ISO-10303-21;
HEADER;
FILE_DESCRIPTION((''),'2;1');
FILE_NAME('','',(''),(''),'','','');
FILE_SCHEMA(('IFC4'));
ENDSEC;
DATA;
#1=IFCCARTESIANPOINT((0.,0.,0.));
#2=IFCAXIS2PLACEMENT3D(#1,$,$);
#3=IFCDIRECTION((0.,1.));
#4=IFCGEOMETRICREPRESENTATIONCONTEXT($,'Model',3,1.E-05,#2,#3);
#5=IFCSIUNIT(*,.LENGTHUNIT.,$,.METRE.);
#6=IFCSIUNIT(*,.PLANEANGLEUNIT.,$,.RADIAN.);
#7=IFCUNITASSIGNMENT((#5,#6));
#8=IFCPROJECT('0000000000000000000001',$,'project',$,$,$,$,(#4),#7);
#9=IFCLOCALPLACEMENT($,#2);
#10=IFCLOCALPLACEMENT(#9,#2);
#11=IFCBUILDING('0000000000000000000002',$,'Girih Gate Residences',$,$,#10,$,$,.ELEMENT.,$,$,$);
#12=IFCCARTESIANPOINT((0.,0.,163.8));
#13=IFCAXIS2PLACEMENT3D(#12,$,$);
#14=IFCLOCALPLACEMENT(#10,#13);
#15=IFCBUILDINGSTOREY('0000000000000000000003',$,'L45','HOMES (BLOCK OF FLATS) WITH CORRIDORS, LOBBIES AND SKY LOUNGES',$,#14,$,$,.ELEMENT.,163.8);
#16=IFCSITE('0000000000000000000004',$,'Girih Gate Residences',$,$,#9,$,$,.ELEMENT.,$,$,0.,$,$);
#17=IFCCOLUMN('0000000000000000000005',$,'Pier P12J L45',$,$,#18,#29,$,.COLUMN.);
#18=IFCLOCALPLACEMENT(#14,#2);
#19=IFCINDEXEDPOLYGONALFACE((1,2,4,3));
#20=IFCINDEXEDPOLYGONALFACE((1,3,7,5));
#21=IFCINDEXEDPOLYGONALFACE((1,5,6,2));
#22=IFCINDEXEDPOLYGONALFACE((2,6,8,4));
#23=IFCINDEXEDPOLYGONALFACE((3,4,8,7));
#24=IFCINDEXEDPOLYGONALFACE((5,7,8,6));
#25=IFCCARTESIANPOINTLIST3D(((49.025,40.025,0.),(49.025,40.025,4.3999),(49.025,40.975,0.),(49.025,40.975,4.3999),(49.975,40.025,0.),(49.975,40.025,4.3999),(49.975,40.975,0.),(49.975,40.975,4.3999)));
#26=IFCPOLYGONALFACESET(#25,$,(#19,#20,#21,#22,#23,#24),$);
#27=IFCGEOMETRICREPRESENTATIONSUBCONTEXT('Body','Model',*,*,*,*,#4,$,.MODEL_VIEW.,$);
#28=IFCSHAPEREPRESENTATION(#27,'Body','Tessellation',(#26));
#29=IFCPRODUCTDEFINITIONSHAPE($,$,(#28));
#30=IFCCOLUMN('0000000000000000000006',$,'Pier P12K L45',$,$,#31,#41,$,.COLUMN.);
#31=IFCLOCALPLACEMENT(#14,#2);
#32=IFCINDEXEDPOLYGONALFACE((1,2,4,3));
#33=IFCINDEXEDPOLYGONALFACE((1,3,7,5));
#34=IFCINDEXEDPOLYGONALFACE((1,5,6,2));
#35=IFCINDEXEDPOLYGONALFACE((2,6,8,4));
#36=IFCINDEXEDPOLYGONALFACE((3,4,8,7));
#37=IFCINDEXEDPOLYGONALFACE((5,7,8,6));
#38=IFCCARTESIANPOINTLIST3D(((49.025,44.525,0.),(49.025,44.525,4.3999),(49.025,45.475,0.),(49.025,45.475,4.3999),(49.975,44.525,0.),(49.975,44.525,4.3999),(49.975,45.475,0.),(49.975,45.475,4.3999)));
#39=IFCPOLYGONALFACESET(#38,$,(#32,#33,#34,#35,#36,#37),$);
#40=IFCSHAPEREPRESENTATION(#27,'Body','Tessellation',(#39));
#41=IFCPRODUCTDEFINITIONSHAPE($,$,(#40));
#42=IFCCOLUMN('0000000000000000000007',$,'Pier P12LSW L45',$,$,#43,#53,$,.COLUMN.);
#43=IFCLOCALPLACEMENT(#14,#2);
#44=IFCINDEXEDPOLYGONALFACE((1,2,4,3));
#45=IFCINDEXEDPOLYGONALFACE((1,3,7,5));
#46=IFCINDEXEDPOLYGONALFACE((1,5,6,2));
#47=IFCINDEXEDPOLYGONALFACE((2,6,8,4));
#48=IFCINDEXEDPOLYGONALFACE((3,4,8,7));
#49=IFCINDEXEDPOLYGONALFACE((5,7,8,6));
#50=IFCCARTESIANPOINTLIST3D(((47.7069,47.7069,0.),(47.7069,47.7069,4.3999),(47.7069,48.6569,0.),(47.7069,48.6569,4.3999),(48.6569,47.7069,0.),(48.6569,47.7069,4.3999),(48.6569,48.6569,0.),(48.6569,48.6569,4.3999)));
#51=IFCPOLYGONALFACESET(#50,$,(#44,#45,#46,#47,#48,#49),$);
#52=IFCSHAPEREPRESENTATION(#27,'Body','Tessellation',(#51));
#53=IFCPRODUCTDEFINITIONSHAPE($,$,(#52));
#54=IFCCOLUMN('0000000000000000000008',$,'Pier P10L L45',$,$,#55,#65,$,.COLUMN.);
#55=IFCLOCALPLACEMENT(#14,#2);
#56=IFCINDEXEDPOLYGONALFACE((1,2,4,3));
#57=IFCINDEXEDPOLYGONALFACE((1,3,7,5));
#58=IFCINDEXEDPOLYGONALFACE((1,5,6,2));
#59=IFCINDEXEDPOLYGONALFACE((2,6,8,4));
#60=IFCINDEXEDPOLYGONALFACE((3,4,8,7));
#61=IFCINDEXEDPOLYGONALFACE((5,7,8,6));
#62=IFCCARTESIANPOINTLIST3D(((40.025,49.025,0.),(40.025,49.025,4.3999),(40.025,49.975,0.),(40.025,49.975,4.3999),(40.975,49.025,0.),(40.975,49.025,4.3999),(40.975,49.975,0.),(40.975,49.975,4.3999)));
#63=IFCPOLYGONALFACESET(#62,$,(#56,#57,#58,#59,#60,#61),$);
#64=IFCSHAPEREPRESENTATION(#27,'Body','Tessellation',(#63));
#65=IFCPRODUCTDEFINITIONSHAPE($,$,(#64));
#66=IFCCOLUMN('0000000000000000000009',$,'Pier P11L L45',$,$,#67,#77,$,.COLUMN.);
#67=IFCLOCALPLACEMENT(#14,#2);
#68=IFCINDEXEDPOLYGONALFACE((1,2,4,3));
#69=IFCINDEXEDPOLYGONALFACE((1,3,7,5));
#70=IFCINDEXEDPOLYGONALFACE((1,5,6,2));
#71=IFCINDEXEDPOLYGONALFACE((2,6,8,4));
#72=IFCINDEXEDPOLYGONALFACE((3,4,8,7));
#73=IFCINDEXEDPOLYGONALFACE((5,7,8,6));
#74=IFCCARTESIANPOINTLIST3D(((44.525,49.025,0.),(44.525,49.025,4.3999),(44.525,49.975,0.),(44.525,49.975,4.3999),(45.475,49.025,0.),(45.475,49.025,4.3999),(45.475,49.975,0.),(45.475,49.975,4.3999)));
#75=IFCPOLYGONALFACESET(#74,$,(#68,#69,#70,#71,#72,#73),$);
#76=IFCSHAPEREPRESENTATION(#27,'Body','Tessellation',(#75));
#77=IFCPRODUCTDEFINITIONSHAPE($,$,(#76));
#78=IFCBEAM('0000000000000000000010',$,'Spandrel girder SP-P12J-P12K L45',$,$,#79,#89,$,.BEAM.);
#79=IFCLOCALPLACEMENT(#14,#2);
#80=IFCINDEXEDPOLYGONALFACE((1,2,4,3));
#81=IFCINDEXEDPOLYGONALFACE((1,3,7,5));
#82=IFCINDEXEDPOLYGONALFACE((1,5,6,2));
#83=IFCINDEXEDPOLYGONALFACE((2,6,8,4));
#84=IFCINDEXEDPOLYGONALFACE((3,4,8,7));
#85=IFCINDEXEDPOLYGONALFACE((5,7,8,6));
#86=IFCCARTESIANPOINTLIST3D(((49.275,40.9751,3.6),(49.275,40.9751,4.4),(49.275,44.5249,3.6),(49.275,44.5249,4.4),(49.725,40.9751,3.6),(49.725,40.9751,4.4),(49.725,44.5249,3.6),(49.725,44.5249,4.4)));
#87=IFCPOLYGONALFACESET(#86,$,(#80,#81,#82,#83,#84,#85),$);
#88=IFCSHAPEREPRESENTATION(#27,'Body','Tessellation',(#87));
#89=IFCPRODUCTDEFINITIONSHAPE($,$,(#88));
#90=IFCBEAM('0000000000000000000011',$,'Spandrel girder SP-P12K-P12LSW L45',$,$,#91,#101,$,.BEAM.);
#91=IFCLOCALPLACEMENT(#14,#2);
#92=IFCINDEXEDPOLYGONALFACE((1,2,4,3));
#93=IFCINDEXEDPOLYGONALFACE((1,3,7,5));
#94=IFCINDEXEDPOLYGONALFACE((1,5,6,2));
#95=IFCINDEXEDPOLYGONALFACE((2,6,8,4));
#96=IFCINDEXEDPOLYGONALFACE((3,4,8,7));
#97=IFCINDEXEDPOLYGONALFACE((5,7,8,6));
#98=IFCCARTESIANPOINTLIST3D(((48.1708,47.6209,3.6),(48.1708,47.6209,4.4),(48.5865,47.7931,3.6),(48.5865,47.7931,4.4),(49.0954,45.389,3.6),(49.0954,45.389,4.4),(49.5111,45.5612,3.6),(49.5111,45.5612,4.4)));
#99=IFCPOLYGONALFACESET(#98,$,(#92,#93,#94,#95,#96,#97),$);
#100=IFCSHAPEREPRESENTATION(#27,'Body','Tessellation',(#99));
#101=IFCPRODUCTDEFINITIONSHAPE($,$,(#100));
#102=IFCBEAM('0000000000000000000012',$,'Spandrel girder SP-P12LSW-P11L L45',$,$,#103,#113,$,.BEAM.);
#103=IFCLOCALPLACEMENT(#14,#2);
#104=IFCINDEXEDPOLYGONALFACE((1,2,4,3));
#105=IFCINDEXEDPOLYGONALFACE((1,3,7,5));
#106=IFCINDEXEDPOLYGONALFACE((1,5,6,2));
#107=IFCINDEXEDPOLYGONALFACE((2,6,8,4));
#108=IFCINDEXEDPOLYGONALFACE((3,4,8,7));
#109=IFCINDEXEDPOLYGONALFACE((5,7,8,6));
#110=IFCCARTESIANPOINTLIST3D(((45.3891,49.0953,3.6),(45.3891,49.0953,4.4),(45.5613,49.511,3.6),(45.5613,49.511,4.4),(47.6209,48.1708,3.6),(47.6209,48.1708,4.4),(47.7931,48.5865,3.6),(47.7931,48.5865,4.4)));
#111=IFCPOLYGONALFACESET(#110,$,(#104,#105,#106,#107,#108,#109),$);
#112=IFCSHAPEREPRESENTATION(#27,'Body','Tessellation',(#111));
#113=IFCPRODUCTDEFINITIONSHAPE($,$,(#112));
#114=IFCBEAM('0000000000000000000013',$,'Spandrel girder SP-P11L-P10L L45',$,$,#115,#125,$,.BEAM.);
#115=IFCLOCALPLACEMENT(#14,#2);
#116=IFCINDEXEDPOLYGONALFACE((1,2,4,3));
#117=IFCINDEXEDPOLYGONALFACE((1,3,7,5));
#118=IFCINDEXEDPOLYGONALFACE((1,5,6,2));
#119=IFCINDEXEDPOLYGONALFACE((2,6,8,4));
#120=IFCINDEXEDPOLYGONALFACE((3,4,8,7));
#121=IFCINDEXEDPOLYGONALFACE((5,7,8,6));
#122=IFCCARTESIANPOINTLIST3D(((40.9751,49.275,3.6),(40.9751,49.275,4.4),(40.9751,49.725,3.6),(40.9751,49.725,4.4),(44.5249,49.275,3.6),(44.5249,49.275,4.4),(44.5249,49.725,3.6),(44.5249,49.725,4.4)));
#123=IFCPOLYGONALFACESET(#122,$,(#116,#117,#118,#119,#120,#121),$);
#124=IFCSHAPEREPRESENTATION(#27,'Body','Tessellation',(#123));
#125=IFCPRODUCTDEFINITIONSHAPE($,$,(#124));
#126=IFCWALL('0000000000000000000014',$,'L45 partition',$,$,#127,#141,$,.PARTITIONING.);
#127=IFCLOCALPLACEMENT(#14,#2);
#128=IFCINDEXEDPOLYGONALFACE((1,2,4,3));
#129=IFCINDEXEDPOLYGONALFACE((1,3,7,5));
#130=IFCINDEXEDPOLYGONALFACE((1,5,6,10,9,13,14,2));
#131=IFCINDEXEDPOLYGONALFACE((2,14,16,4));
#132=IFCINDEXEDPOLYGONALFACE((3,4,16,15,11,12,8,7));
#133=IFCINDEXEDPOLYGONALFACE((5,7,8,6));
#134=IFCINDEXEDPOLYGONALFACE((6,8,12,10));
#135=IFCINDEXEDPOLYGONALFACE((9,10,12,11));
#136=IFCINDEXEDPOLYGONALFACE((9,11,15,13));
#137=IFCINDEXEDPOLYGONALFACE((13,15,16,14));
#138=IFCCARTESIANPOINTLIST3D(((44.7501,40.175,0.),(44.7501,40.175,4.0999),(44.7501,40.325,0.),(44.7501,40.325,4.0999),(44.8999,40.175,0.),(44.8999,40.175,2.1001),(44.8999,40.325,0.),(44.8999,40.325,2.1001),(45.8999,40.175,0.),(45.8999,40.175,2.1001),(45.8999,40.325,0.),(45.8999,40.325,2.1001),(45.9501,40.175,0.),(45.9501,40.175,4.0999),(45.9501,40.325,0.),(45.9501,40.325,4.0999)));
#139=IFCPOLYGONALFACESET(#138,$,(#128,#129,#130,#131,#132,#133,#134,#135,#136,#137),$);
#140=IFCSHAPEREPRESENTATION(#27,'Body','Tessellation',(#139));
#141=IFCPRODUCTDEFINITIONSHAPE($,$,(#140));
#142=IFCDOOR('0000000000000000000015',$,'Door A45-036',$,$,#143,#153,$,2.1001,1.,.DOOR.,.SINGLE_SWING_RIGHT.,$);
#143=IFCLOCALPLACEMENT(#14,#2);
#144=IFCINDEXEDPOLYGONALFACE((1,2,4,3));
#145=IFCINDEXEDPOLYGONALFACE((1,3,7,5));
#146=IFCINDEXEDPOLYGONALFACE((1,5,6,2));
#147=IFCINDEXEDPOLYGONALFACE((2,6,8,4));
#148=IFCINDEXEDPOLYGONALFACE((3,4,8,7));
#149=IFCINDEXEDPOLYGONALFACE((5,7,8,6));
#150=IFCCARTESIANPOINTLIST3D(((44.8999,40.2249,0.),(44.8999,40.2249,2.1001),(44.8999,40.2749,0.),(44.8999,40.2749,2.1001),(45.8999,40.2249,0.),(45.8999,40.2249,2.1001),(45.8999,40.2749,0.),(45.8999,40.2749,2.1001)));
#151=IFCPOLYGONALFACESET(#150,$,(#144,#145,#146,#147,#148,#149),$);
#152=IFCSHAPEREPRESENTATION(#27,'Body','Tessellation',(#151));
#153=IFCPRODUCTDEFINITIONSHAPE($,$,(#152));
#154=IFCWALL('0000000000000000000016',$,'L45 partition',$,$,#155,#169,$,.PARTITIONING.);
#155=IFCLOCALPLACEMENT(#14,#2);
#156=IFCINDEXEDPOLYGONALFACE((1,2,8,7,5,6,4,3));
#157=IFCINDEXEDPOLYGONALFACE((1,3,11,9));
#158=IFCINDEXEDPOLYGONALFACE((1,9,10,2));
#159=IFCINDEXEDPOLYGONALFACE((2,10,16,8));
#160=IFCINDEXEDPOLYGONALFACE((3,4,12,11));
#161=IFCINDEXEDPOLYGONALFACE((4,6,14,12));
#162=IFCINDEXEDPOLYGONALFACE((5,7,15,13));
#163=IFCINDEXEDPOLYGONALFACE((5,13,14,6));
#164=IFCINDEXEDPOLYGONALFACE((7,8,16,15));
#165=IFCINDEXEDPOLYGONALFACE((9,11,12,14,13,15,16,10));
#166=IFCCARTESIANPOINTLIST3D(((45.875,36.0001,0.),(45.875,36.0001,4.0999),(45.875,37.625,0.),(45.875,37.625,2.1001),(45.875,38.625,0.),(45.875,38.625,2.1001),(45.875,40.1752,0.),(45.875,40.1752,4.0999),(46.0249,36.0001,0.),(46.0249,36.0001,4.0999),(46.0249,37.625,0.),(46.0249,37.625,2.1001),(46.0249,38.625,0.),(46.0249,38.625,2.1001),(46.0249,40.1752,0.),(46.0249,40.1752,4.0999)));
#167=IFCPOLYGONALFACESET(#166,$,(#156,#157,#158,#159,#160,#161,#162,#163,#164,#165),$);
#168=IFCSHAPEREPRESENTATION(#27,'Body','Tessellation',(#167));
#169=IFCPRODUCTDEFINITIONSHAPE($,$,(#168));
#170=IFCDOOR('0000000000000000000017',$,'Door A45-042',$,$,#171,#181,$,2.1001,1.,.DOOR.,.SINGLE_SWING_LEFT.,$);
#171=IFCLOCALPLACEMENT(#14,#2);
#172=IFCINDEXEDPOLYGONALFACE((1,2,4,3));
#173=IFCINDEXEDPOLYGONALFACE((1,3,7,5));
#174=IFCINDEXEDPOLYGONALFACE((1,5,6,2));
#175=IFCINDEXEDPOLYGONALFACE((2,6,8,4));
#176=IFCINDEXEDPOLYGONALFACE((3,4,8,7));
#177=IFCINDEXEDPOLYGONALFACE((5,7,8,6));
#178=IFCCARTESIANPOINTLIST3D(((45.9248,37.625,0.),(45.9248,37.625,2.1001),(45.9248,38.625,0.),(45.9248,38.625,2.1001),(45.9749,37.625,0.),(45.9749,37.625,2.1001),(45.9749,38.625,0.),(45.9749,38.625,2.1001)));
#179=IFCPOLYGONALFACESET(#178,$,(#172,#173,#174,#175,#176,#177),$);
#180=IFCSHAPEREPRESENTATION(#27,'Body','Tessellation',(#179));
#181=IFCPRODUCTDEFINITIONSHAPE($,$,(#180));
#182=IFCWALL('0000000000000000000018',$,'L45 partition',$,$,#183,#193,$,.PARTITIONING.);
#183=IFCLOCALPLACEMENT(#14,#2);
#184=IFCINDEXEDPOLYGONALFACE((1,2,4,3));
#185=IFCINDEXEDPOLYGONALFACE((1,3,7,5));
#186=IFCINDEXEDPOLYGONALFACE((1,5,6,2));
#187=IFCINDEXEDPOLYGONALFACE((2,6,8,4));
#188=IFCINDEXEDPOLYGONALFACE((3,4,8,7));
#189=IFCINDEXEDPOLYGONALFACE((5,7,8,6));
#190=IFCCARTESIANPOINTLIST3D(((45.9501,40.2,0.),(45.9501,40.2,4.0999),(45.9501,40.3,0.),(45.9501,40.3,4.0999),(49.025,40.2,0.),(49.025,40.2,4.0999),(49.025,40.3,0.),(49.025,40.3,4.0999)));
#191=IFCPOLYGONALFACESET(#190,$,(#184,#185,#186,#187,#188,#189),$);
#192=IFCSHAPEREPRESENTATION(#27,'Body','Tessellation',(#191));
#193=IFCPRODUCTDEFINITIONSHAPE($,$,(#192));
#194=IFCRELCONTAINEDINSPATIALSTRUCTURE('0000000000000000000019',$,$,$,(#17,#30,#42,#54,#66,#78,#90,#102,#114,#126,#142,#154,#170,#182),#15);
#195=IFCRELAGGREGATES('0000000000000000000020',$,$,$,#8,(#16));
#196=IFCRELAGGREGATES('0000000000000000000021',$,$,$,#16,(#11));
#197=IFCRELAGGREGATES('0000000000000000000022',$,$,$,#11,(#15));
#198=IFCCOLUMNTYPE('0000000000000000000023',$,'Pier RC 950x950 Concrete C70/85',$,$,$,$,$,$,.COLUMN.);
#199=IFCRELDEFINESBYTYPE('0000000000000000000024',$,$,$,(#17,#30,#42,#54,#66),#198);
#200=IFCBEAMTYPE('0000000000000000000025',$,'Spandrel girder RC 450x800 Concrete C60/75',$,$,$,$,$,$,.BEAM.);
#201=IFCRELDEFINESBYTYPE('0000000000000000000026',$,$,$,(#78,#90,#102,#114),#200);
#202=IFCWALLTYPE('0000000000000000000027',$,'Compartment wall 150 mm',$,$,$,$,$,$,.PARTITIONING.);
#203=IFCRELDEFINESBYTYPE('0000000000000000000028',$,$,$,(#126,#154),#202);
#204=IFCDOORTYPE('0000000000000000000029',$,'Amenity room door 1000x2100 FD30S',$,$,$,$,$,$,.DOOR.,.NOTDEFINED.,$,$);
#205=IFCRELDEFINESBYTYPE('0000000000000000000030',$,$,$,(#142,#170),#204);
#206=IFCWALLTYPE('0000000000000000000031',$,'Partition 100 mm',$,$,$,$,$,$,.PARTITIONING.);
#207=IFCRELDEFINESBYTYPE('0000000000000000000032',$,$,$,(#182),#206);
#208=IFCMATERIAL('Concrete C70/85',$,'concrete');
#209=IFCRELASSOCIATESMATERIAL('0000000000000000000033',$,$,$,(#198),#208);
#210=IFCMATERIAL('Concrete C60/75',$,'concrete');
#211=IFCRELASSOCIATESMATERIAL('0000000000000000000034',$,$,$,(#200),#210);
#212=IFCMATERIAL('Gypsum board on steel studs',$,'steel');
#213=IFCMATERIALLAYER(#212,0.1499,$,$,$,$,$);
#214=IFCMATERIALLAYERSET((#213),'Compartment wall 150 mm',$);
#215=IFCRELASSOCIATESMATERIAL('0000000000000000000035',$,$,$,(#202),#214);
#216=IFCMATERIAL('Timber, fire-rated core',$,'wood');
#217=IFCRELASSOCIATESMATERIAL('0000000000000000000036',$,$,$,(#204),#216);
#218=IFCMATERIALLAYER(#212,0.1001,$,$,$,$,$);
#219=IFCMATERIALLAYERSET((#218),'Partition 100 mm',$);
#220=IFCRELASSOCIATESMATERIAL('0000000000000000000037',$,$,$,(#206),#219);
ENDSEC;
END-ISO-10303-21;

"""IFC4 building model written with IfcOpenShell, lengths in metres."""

from ifc_helpers import new_model, si_unit, direction, frame, frame_2d, origin, origin_2d, place, context, subcontext, project, spatial, rectangle, extrude, material, layer, layer_set, material_profile, profile_set, type_object, element, fill, save


model = new_model("IFC4")

# Units and contexts
model_context = context("Model", 3, precision=1e-05, world=origin(), true_north=direction((0.0, 1.0)))
body_context = subcontext(model_context, "Body", "Model", "MODEL_VIEW")
ifc_project = project(units=[si_unit("LENGTHUNIT", "METRE"), si_unit("PLANEANGLEUNIT", "RADIAN")], contexts=[model_context])

# Site, building, storey
site_placement = place(None, origin())
site = spatial("IfcSite", under=ifc_project, at=site_placement, Name="Girih Gate Residences", CompositionType="ELEMENT", RefElevation=0.0)
building_placement = place(site_placement, origin())
building = spatial("IfcBuilding", under=site, at=building_placement, Name="Girih Gate Residences", CompositionType="ELEMENT")
storey_placement = place(building_placement, frame((0.0, 0.0, 163.8)))
storey = spatial("IfcBuildingStorey", under=building, at=storey_placement, Name="L45", Description="HOMES (BLOCK OF FLATS) WITH CORRIDORS, LOBBIES AND SKY LOUNGES", CompositionType="ELEMENT", Elevation=163.8)

# Columns
ifc_material_1 = material(Name="Concrete C70/85", Category="concrete")
ifc_material_profile_1 = material_profile(ifc_material_1, rectangle(XDim=0.95, YDim=0.95, at=origin_2d()))
ifc_profile_set_1 = profile_set([ifc_material_profile_1], Name="Concrete C70/85")
column_type = type_object("IfcColumnType", Name="Pier RC 950x950 Concrete C70/85", PredefinedType="COLUMN", material=ifc_profile_set_1)
for number, where, z_axis, x_axis, name in (
    (1, (49.5, 40.5, 0.0), (0.0, 0.0, 1.0), (1.0, 0.0, 0.0), "Pier P12J L45"),
    (2, (49.5, 45.0, 0.0), (0.0, 0.0, 1.0), (1.0, 0.0, 0.0), "Pier P12K L45"),
    (3, (48.1819, 48.1819, 0.0), (0.0, 0.0, 1.0), (1.0, 0.0, 0.0), "Pier P12LSW L45"),
    (4, (40.5, 49.5, 0.0), (0.0, 0.0, 1.0), (1.0, 0.0, 0.0), "Pier P10L L45"),
    (5, (45.0, 49.5, 0.0), (0.0, 0.0, 1.0), (1.0, 0.0, 0.0), "Pier P11L L45"),
):
    element("IfcColumn", number, at=place(storey_placement, frame(where, z_axis=z_axis, x_axis=x_axis)), inside=storey, type_object=column_type, Name=name, PredefinedType="COLUMN", context=body_context, shape_type="SweptSolid", body=[
        extrude(rectangle(XDim=0.95, YDim=0.95, at=origin_2d()), origin(), (0.0, 0.0, 1.0), 4.3999),
    ])

# Beams
ifc_material_2 = material(Name="Concrete C60/75", Category="concrete")
ifc_material_profile_2 = material_profile(ifc_material_2, rectangle(XDim=0.45, YDim=0.8, at=origin_2d()))
ifc_profile_set_2 = profile_set([ifc_material_profile_2], Name="Concrete C60/75")
beam_type = type_object("IfcBeamType", Name="Spandrel girder RC 450x800 Concrete C60/75", PredefinedType="BEAM", material=ifc_profile_set_2)
beam_1_placement = place(storey_placement, frame((49.5, 40.9751, 4.0), z_axis=(0.0, 1.0, 0.0), x_axis=(-1.0, 0.0, 0.0)))
element("IfcBeam", 6, at=beam_1_placement, inside=storey, type_object=beam_type, Name="Spandrel girder SP-P12J-P12K L45", PredefinedType="BEAM", context=body_context, shape_type="SweptSolid", body=[
    extrude(rectangle(XDim=0.45, YDim=0.8, at=origin_2d()), origin(), (0.0, 0.0, 1.0), 3.5498),
])
for number, where, z_axis, x_axis, name in (
    (7, (49.3032, 45.4751, 4.0), (-0.382706, 0.92387, 0.0), (-0.92387, -0.382706, 0.0), "Spandrel girder SP-P12K-P12LSW L45"),
    (8, (47.707, 48.3787, 4.0), (-0.92387, 0.382706, 0.0), (-0.382706, -0.92387, 0.0), "Spandrel girder SP-P12LSW-P11L L45"),
):
    element("IfcBeam", number, at=place(storey_placement, frame(where, z_axis=z_axis, x_axis=x_axis)), inside=storey, type_object=beam_type, Name=name, PredefinedType="BEAM", context=body_context, shape_type="SweptSolid", body=[
        extrude(rectangle(XDim=0.45, YDim=0.8, at=origin_2d()), origin(), (0.0, 0.0, 1.0), 2.4158),
    ])
beam_2_placement = place(storey_placement, frame((44.5249, 49.5, 4.0), z_axis=(-1.0, 0.0, 0.0), x_axis=(0.0, -1.0, 0.0)))
element("IfcBeam", 9, at=beam_2_placement, inside=storey, type_object=beam_type, Name="Spandrel girder SP-P11L-P10L L45", PredefinedType="BEAM", context=body_context, shape_type="SweptSolid", body=[
    extrude(rectangle(XDim=0.45, YDim=0.8, at=origin_2d()), origin(), (0.0, 0.0, 1.0), 3.5498),
])

# Walls, openings, doors
ifc_material_3 = material(Name="Gypsum board on steel studs", Category="steel")
ifc_layer_1 = layer(ifc_material_3, 0.1499)
ifc_layer_set_1 = layer_set([ifc_layer_1], Name="Compartment wall 150 mm")
wall_type_1 = type_object("IfcWallType", Name="Compartment wall 150 mm", PredefinedType="PARTITIONING", material=ifc_layer_set_1)
wall_1_placement = place(storey_placement, frame((44.75, 40.25, 0.0), z_axis=(0.0, 0.0, 1.0), x_axis=(1.0, 0.0, 0.0)))
wall_1 = element("IfcWall", 10, at=wall_1_placement, inside=storey, type_object=wall_type_1, Name="L45 partition", PredefinedType="PARTITIONING", context=body_context, shape_type="SweptSolid", body=[
    extrude(rectangle(XDim=1.2, YDim=0.1499, at=frame_2d((0.6001, 0.0))), origin(), (0.0, 0.0, 1.0), 4.0999),
])
opening_1_placement = place(wall_1_placement, frame((0.1499, 0.0, 0.0)))
opening_1 = element("IfcOpeningElement", 11, at=opening_1_placement, cuts=wall_1, PredefinedType="OPENING", context=body_context, shape_type="SweptSolid", body=[
    extrude(rectangle(XDim=1.0, YDim=2.1001, at=frame_2d((0.5, 1.05))), frame((0.0, 0.085, 0.0), z_axis=(0.0, -1.0, 0.0), x_axis=(1.0, 0.0, 0.0)), (0.0, 0.0, 1.0), 0.1699),
])
ifc_material_4 = material(Name="Timber, fire-rated core", Category="wood")
door_type = type_object("IfcDoorType", Name="Amenity room door 1000x2100 FD30S", OperationType="NOTDEFINED", PredefinedType="DOOR", material=ifc_material_4)
door_1_placement = place(opening_1_placement, origin())
door_1 = element("IfcDoor", 12, at=door_1_placement, inside=storey, type_object=door_type, Name="Door A45-036", OperationType="SINGLE_SWING_RIGHT", OverallHeight=2.1001, OverallWidth=1.0, PredefinedType="DOOR", context=body_context, shape_type="SweptSolid", body=[
    extrude(rectangle(XDim=1.0, YDim=2.1001, at=frame_2d((0.5, 1.05))), frame((0.0, 0.0249, 0.0), z_axis=(0.0, -1.0, 0.0), x_axis=(1.0, 0.0, 0.0)), (0.0, 0.0, 1.0), 0.05),
])
fill(opening_1, door_1)
wall_2_placement = place(storey_placement, frame((45.95, 40.175, 0.0), z_axis=(0.0, 0.0, 1.0), x_axis=(0.0, -1.0, 0.0)))
wall_2 = element("IfcWall", 13, at=wall_2_placement, inside=storey, type_object=wall_type_1, Name="L45 partition", PredefinedType="PARTITIONING", context=body_context, shape_type="SweptSolid", body=[
    extrude(rectangle(XDim=4.175, YDim=0.1499, at=frame_2d((2.0874, 0.0))), origin(), (0.0, 0.0, 1.0), 4.0999),
])
opening_2_placement = place(wall_2_placement, frame((1.55, 0.0, 0.0)))
opening_2 = element("IfcOpeningElement", 14, at=opening_2_placement, cuts=wall_2, PredefinedType="OPENING", context=body_context, shape_type="SweptSolid", body=[
    extrude(rectangle(XDim=1.0, YDim=2.1001, at=frame_2d((0.5, 1.05))), frame((0.0, 0.085, 0.0), z_axis=(0.0, -1.0, 0.0), x_axis=(1.0, 0.0, 0.0)), (0.0, 0.0, 1.0), 0.1699),
])
door_2_placement = place(opening_2_placement, origin())
door_2 = element("IfcDoor", 15, at=door_2_placement, inside=storey, type_object=door_type, Name="Door A45-042", OperationType="SINGLE_SWING_LEFT", OverallHeight=2.1001, OverallWidth=1.0, PredefinedType="DOOR", context=body_context, shape_type="SweptSolid", body=[
    extrude(rectangle(XDim=1.0, YDim=2.1001, at=frame_2d((0.5, 1.05))), frame((0.0, 0.0249, 0.0), z_axis=(0.0, -1.0, 0.0), x_axis=(1.0, 0.0, 0.0)), (0.0, 0.0, 1.0), 0.05),
])
fill(opening_2, door_2)

# Wall
ifc_layer_2 = layer(ifc_material_3, 0.1001)
ifc_layer_set_2 = layer_set([ifc_layer_2], Name="Partition 100 mm")
wall_type_2 = type_object("IfcWallType", Name="Partition 100 mm", PredefinedType="PARTITIONING", material=ifc_layer_set_2)
wall_3_placement = place(storey_placement, frame((45.95, 40.25, 0.0), z_axis=(0.0, 0.0, 1.0), x_axis=(1.0, 0.0, 0.0)))
element("IfcWall", 16, at=wall_3_placement, inside=storey, type_object=wall_type_2, Name="L45 partition", PredefinedType="PARTITIONING", context=body_context, shape_type="SweptSolid", body=[
    extrude(rectangle(XDim=3.075, YDim=0.1001, at=frame_2d((1.5376, 0.0))), origin(), (0.0, 0.0, 1.0), 4.0999),
])

save(model, "model.ifc")
